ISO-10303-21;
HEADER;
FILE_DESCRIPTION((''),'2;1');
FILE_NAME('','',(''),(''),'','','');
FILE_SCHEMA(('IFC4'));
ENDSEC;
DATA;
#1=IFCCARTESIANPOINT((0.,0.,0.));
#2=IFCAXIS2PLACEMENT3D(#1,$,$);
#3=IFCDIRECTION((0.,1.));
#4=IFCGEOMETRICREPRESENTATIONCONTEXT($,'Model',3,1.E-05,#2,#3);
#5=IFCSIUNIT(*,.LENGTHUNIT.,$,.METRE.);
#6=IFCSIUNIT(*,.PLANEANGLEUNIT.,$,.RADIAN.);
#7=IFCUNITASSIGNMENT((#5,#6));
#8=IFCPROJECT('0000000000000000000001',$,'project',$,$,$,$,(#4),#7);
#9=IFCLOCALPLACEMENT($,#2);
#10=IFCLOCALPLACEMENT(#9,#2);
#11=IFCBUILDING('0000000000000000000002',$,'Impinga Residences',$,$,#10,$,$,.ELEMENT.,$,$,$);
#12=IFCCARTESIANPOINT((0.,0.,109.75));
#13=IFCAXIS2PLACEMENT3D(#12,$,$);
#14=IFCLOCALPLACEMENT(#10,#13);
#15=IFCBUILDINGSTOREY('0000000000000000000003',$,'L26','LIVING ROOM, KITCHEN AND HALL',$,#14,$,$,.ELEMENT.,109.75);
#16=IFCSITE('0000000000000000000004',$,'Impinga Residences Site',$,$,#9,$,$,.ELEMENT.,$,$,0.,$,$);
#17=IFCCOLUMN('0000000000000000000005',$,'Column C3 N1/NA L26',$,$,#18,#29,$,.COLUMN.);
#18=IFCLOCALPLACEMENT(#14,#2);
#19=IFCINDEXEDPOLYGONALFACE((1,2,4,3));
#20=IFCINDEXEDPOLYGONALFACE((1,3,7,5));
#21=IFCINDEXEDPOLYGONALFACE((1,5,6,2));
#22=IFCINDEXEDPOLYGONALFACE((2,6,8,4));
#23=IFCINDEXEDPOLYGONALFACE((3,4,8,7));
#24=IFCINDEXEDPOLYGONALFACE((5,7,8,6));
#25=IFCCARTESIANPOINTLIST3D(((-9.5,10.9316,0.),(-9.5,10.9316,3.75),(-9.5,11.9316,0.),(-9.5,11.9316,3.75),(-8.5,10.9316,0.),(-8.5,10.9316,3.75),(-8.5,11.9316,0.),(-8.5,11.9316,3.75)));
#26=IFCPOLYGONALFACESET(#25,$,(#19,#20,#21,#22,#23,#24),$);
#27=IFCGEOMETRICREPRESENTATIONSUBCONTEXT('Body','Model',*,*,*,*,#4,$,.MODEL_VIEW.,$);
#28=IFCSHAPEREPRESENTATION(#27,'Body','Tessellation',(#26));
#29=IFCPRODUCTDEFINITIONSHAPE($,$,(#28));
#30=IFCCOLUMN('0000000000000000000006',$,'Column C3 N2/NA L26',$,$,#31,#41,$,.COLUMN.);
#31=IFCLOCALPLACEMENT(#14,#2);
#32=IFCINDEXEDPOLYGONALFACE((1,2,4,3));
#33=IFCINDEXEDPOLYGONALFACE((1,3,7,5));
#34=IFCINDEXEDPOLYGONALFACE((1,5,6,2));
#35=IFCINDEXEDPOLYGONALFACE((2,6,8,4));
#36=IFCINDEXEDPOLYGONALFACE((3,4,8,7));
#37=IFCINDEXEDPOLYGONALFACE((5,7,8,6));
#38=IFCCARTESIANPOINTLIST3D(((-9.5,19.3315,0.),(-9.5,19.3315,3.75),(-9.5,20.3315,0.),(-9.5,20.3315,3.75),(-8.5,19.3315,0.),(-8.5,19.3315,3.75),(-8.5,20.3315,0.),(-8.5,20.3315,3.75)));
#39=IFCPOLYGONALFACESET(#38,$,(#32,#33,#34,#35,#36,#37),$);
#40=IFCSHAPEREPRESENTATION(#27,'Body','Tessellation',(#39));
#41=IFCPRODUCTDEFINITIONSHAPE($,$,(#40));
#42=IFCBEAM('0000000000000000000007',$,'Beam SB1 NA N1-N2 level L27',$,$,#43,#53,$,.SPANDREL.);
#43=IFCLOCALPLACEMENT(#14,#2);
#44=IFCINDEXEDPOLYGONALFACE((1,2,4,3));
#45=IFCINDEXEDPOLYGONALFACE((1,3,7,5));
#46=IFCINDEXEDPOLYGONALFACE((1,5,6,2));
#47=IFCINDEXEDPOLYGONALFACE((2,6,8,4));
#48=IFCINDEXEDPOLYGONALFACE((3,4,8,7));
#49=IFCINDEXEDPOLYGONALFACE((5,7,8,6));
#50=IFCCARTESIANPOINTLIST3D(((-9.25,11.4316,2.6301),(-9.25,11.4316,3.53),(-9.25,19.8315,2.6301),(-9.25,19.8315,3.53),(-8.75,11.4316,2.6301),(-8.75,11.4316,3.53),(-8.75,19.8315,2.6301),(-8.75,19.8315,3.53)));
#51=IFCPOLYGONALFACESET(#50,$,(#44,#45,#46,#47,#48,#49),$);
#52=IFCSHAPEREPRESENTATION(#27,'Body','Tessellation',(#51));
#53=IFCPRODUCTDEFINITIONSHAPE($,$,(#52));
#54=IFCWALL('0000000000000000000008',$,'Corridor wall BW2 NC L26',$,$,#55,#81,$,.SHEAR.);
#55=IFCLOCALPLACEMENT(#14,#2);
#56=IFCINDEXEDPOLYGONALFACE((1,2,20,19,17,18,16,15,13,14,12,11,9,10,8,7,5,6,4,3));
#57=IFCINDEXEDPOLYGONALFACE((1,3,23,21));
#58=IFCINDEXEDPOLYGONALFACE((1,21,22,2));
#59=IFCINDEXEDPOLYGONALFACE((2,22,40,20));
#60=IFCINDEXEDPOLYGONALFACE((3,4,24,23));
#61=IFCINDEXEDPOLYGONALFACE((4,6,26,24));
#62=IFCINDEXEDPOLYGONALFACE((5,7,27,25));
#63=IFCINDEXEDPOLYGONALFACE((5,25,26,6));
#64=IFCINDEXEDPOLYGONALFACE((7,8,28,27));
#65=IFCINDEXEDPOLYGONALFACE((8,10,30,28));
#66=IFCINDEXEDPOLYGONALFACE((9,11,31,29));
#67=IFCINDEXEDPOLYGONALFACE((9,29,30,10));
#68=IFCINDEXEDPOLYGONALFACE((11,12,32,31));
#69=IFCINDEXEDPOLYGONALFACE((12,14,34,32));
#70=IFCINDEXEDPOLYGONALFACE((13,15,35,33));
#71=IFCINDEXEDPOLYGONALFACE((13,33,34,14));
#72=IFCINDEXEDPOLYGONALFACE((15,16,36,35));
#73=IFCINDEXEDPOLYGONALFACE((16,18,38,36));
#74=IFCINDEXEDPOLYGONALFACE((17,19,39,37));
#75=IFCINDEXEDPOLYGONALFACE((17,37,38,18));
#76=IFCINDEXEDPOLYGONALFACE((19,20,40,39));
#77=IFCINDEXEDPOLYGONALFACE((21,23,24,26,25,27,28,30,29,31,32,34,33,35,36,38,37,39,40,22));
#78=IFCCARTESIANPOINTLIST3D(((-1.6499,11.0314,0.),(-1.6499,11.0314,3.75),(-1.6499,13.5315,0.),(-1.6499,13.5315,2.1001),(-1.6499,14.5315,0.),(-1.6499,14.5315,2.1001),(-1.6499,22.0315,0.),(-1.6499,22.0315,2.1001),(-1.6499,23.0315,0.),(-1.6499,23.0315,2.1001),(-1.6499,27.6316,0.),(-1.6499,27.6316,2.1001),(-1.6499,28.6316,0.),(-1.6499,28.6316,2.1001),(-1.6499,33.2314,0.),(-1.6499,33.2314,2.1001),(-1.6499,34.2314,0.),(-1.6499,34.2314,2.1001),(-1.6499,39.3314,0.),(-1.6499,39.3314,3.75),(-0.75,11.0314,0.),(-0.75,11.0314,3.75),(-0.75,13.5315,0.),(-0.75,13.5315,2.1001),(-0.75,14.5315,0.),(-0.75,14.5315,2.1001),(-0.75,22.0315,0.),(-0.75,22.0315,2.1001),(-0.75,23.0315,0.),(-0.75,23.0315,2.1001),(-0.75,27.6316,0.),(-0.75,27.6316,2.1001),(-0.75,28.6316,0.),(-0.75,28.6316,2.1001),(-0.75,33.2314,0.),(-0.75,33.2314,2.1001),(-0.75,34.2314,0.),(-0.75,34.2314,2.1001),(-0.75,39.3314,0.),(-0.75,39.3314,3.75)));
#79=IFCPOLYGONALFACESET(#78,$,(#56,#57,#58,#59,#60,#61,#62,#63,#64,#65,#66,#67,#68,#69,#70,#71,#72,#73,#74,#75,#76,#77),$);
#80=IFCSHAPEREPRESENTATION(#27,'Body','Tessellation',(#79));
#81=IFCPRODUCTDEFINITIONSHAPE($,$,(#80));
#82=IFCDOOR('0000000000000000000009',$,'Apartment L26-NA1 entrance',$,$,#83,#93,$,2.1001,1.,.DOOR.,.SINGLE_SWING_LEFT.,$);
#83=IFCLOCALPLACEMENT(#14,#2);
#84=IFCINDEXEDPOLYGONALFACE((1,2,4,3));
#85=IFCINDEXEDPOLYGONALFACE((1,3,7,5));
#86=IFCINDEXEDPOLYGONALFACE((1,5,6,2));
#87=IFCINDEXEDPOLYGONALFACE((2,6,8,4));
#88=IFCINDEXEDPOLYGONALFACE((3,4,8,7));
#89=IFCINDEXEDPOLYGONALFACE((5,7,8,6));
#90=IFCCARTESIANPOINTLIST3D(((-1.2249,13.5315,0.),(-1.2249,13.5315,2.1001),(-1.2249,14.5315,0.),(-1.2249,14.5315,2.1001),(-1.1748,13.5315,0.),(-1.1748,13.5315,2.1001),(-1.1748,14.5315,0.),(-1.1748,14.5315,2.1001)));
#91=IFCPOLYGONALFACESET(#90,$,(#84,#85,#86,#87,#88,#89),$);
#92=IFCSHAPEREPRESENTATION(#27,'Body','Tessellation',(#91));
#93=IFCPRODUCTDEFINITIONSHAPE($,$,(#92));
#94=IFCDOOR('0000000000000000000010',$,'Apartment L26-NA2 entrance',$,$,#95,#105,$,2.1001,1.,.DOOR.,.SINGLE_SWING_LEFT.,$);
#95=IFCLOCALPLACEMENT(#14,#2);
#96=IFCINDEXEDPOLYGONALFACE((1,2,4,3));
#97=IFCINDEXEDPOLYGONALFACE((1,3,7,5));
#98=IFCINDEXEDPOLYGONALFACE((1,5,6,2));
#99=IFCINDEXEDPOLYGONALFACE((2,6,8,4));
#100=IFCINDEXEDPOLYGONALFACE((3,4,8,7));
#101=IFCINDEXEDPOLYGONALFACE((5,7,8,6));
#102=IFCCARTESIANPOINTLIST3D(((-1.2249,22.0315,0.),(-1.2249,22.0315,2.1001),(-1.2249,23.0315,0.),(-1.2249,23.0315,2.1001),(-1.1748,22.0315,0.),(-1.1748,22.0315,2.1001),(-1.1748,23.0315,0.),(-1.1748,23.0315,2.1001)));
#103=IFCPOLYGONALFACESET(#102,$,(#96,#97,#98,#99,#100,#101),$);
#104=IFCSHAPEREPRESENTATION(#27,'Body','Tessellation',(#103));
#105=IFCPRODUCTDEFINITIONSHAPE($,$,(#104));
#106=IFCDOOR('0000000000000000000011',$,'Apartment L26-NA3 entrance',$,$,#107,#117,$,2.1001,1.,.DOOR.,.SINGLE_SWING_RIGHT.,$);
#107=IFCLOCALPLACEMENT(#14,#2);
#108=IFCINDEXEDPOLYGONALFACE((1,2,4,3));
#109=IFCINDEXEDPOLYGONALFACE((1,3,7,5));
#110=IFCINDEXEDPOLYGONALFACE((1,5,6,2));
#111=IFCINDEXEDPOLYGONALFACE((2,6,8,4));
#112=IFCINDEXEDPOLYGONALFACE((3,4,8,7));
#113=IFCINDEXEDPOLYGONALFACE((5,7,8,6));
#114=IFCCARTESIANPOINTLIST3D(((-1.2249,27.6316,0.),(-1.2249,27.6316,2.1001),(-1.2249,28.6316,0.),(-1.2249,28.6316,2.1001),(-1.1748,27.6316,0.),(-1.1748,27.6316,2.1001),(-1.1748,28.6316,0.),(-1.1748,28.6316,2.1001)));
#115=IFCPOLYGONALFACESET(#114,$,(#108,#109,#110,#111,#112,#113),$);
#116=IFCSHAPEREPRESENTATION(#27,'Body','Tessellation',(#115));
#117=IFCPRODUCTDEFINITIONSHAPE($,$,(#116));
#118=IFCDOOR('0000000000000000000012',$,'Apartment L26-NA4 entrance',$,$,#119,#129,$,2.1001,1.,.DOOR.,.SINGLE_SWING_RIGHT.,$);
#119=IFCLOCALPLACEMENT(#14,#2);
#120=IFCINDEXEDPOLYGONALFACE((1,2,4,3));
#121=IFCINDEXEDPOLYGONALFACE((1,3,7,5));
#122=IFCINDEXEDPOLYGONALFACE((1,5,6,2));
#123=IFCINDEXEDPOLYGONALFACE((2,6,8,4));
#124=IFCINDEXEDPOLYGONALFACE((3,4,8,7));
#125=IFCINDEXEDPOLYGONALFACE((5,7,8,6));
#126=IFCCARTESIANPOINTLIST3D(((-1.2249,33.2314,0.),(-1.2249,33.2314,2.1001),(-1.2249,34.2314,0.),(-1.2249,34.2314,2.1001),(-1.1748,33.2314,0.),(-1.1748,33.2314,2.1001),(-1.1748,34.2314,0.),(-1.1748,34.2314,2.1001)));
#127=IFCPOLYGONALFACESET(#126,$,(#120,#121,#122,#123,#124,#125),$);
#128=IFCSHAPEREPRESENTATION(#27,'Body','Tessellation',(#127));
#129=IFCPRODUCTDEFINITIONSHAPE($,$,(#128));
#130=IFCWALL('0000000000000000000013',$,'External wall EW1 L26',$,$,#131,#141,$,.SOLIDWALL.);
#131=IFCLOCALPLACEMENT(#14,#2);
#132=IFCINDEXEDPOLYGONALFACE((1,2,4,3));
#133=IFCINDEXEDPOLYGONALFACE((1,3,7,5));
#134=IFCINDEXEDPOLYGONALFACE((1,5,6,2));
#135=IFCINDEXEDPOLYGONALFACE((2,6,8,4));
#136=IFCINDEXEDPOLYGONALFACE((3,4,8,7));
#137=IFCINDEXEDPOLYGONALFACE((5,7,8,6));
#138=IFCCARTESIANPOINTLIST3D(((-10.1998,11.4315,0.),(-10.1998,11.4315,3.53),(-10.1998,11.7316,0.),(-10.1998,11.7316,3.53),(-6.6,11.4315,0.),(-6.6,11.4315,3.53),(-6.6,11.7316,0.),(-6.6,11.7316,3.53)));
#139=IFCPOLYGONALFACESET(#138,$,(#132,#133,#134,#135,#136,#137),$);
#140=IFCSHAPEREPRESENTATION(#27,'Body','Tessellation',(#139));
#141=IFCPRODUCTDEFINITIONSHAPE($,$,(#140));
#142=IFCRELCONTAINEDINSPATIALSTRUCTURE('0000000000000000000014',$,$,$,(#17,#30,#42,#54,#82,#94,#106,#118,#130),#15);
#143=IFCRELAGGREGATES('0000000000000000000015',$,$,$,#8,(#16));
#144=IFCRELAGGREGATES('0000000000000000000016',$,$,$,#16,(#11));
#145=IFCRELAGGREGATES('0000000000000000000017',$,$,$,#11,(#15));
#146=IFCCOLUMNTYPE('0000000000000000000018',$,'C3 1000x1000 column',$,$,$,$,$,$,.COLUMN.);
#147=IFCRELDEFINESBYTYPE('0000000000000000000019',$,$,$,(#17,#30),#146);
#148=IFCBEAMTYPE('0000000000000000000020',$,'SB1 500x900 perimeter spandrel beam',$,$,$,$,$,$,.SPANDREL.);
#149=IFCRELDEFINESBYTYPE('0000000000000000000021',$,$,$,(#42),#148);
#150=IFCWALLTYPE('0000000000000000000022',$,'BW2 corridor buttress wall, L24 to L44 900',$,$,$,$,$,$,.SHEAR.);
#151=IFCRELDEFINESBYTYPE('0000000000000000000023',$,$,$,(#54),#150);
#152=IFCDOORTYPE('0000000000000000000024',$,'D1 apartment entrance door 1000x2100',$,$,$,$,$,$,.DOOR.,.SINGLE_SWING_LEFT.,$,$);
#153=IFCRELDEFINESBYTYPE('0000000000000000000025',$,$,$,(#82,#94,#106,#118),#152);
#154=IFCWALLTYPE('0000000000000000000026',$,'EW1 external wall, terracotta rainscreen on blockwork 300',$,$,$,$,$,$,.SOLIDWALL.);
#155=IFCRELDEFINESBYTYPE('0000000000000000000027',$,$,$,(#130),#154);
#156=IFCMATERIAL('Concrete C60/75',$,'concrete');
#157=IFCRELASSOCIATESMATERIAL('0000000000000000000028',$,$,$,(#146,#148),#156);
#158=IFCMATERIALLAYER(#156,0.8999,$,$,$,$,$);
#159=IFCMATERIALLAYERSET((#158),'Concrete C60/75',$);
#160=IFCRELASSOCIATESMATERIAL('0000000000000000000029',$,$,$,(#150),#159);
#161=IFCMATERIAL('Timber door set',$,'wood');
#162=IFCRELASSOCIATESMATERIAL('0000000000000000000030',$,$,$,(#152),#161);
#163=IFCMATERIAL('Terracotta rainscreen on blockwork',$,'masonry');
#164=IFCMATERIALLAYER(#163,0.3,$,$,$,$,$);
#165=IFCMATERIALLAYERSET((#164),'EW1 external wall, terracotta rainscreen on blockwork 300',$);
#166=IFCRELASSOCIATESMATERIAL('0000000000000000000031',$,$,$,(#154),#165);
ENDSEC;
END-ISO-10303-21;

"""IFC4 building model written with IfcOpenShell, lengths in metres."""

from ifc_helpers import new_model, si_unit, direction, frame, frame_2d, origin, origin_2d, place, context, subcontext, project, spatial, rectangle, extrude, material, layer, layer_set, material_profile, profile_set, type_object, element, fill, save


model = new_model("IFC4")

# Units and contexts
model_context = context("Model", 3, precision=1e-05, world=origin(), true_north=direction((0.0, 1.0)))
body_context = subcontext(model_context, "Body", "Model", "MODEL_VIEW")
ifc_project = project(units=[si_unit("LENGTHUNIT", "METRE"), si_unit("PLANEANGLEUNIT", "RADIAN")], contexts=[model_context])

# Site, building, storey
site_placement = place(None, origin())
site = spatial("IfcSite", under=ifc_project, at=site_placement, Name="Impinga Residences Site", CompositionType="ELEMENT", RefElevation=0.0)
building_placement = place(site_placement, origin())
building = spatial("IfcBuilding", under=site, at=building_placement, Name="Impinga Residences", CompositionType="ELEMENT")
storey_placement = place(building_placement, frame((0.0, 0.0, 109.75)))
storey = spatial("IfcBuildingStorey", under=building, at=storey_placement, Name="L26", Description="LIVING ROOM, KITCHEN AND HALL", CompositionType="ELEMENT", Elevation=109.75)

# Columns
ifc_material_1 = material(Name="Concrete C60/75", Category="concrete")
ifc_material_profile_1 = material_profile(ifc_material_1, rectangle(XDim=1.0, YDim=1.0, at=origin_2d()), Name="RC 1000x1000")
ifc_profile_set_1 = profile_set([ifc_material_profile_1], Name="Concrete C60/75")
column_type = type_object("IfcColumnType", Name="C3 1000x1000 column", PredefinedType="COLUMN", material=ifc_profile_set_1)
for number, where, z_axis, x_axis, name in (
    (1, (-9.0, 11.4316, 0.0), (0.0, 0.0, 1.0), (1.0, 0.0, 0.0), "Column C3 N1/NA L26"),
    (2, (-9.0, 19.8315, 0.0), (0.0, 0.0, 1.0), (1.0, 0.0, 0.0), "Column C3 N2/NA L26"),
):
    element("IfcColumn", number, at=place(storey_placement, frame(where, z_axis=z_axis, x_axis=x_axis)), inside=storey, type_object=column_type, Name=name, PredefinedType="COLUMN", context=body_context, shape_type="SweptSolid", body=[
        extrude(rectangle(XDim=1.0, YDim=1.0, at=origin_2d()), origin(), (0.0, 0.0, 1.0), 3.75),
    ])

# Beam
ifc_material_profile_2 = material_profile(ifc_material_1, rectangle(XDim=0.5, YDim=0.8999, at=origin_2d()), Name="RC 500x900")
ifc_profile_set_2 = profile_set([ifc_material_profile_2], Name="Concrete C60/75")
beam_type = type_object("IfcBeamType", Name="SB1 500x900 perimeter spandrel beam", PredefinedType="SPANDREL", material=ifc_profile_set_2)
beam_placement = place(storey_placement, frame((-9.0, 11.4316, 3.0801), z_axis=(0.0, 1.0, 0.0), x_axis=(-1.0, 0.0, 0.0)))
element("IfcBeam", 3, at=beam_placement, inside=storey, type_object=beam_type, Name="Beam SB1 NA N1-N2 level L27", PredefinedType="SPANDREL", context=body_context, shape_type="SweptSolid", body=[
    extrude(rectangle(XDim=0.5, YDim=0.8999, at=origin_2d()), origin(), (0.0, 0.0, 1.0), 8.3999),
])

# Wall, openings, doors
ifc_layer_1 = layer(ifc_material_1, 0.8999)
ifc_layer_set_1 = layer_set([ifc_layer_1], Name="Concrete C60/75")
wall_type_1 = type_object("IfcWallType", Name="BW2 corridor buttress wall, L24 to L44 900", PredefinedType="SHEAR", material=ifc_layer_set_1)
wall_1_placement = place(storey_placement, frame((-1.2, 11.0315, 0.0), z_axis=(0.0, 0.0, 1.0), x_axis=(0.0, 1.0, 0.0)))
wall_1 = element("IfcWall", 4, at=wall_1_placement, inside=storey, type_object=wall_type_1, Name="Corridor wall BW2 NC L26", PredefinedType="SHEAR", context=body_context, shape_type="SweptSolid", body=[
    extrude(rectangle(XDim=28.3, YDim=0.8999, at=frame_2d((14.1499, 0.0))), origin(), (0.0, 0.0, 1.0), 3.75),
])
opening_1_placement = place(wall_1_placement, frame((2.5, 0.0, 0.0)))
opening_1 = element("IfcOpeningElement", 5, at=opening_1_placement, cuts=wall_1, PredefinedType="OPENING", context=body_context, shape_type="SweptSolid", body=[
    extrude(rectangle(XDim=1.0, YDim=2.1001, at=frame_2d((0.5, 1.05))), frame((0.0, 0.46, 0.0), z_axis=(0.0, -1.0, 0.0), x_axis=(1.0, 0.0, 0.0)), (0.0, 0.0, 1.0), 0.9199),
])
opening_2_placement = place(wall_1_placement, frame((11.0, 0.0, 0.0)))
opening_2 = element("IfcOpeningElement", 6, at=opening_2_placement, cuts=wall_1, PredefinedType="OPENING", context=body_context, shape_type="SweptSolid", body=[
    extrude(rectangle(XDim=1.0, YDim=2.1001, at=frame_2d((0.5, 1.05))), frame((0.0, 0.46, 0.0), z_axis=(0.0, -1.0, 0.0), x_axis=(1.0, 0.0, 0.0)), (0.0, 0.0, 1.0), 0.9199),
])
opening_3_placement = place(wall_1_placement, frame((16.6001, 0.0, 0.0)))
opening_3 = element("IfcOpeningElement", 7, at=opening_3_placement, cuts=wall_1, PredefinedType="OPENING", context=body_context, shape_type="SweptSolid", body=[
    extrude(rectangle(XDim=1.0, YDim=2.1001, at=frame_2d((0.5, 1.05))), frame((0.0, 0.46, 0.0), z_axis=(0.0, -1.0, 0.0), x_axis=(1.0, 0.0, 0.0)), (0.0, 0.0, 1.0), 0.9199),
])
opening_4_placement = place(wall_1_placement, frame((22.2, 0.0, 0.0)))
opening_4 = element("IfcOpeningElement", 8, at=opening_4_placement, cuts=wall_1, PredefinedType="OPENING", context=body_context, shape_type="SweptSolid", body=[
    extrude(rectangle(XDim=1.0, YDim=2.1001, at=frame_2d((0.5, 1.05))), frame((0.0, 0.46, 0.0), z_axis=(0.0, -1.0, 0.0), x_axis=(1.0, 0.0, 0.0)), (0.0, 0.0, 1.0), 0.9199),
])
ifc_material_2 = material(Name="Timber door set", Category="wood")
door_type_1 = type_object("IfcDoorType", Name="D1 apartment entrance door 1000x2100", OperationType="SINGLE_SWING_LEFT", PredefinedType="DOOR", material=ifc_material_2)
door_1_placement = place(opening_1_placement, origin())
door_1 = element("IfcDoor", 9, at=door_1_placement, inside=storey, type_object=door_type_1, Name="Apartment L26-NA1 entrance", OperationType="SINGLE_SWING_LEFT", OverallHeight=2.1001, OverallWidth=1.0, PredefinedType="DOOR", context=body_context, shape_type="SweptSolid", body=[
    extrude(rectangle(XDim=1.0, YDim=2.1001, at=frame_2d((0.5, 1.05))), frame((0.0, 0.0249, 0.0), z_axis=(0.0, -1.0, 0.0), x_axis=(1.0, 0.0, 0.0)), (0.0, 0.0, 1.0), 0.05),
])
fill(opening_1, door_1)
door_2_placement = place(opening_2_placement, origin())
door_2 = element("IfcDoor", 10, at=door_2_placement, inside=storey, type_object=door_type_1, Name="Apartment L26-NA2 entrance", OperationType="SINGLE_SWING_LEFT", OverallHeight=2.1001, OverallWidth=1.0, PredefinedType="DOOR", context=body_context, shape_type="SweptSolid", body=[
    extrude(rectangle(XDim=1.0, YDim=2.1001, at=frame_2d((0.5, 1.05))), frame((0.0, 0.0249, 0.0), z_axis=(0.0, -1.0, 0.0), x_axis=(1.0, 0.0, 0.0)), (0.0, 0.0, 1.0), 0.05),
])
fill(opening_2, door_2)
door_3_placement = place(opening_3_placement, origin())
door_3 = element("IfcDoor", 11, at=door_3_placement, inside=storey, type_object=door_type_1, Name="Apartment L26-NA3 entrance", OperationType="SINGLE_SWING_RIGHT", OverallHeight=2.1001, OverallWidth=1.0, PredefinedType="DOOR", context=body_context, shape_type="SweptSolid", body=[
    extrude(rectangle(XDim=1.0, YDim=2.1001, at=frame_2d((0.5, 1.05))), frame((0.0, 0.0249, 0.0), z_axis=(0.0, -1.0, 0.0), x_axis=(1.0, 0.0, 0.0)), (0.0, 0.0, 1.0), 0.05),
])
fill(opening_3, door_3)
door_4_placement = place(opening_4_placement, origin())
door_4 = element("IfcDoor", 12, at=door_4_placement, inside=storey, type_object=door_type_1, Name="Apartment L26-NA4 entrance", OperationType="SINGLE_SWING_RIGHT", OverallHeight=2.1001, OverallWidth=1.0, PredefinedType="DOOR", context=body_context, shape_type="SweptSolid", body=[
    extrude(rectangle(XDim=1.0, YDim=2.1001, at=frame_2d((0.5, 1.05))), frame((0.0, 0.0249, 0.0), z_axis=(0.0, -1.0, 0.0), x_axis=(1.0, 0.0, 0.0)), (0.0, 0.0, 1.0), 0.05),
])
fill(opening_4, door_4)

# Wall
ifc_material_3 = material(Name="Terracotta rainscreen on blockwork", Category="masonry")
ifc_layer_2 = layer(ifc_material_3, 0.3)
ifc_layer_set_2 = layer_set([ifc_layer_2], Name="EW1 external wall, terracotta rainscreen on blockwork 300")
wall_type_2 = type_object("IfcWallType", Name="EW1 external wall, terracotta rainscreen on blockwork 300", PredefinedType="SOLIDWALL", material=ifc_layer_set_2)
wall_2_placement = place(storey_placement, frame((-6.6001, 11.5815, 0.0), z_axis=(0.0, 0.0, 1.0), x_axis=(-1.0, 0.0, 0.0)))
element("IfcWall", 13, at=wall_2_placement, inside=storey, type_object=wall_type_2, Name="External wall EW1 L26", PredefinedType="SOLIDWALL", context=body_context, shape_type="SweptSolid", body=[
    extrude(rectangle(XDim=3.5999, YDim=0.3, at=frame_2d((1.7998, 0.0))), origin(), (0.0, 0.0, 1.0), 3.53),
])

save(model, "model.ifc")
